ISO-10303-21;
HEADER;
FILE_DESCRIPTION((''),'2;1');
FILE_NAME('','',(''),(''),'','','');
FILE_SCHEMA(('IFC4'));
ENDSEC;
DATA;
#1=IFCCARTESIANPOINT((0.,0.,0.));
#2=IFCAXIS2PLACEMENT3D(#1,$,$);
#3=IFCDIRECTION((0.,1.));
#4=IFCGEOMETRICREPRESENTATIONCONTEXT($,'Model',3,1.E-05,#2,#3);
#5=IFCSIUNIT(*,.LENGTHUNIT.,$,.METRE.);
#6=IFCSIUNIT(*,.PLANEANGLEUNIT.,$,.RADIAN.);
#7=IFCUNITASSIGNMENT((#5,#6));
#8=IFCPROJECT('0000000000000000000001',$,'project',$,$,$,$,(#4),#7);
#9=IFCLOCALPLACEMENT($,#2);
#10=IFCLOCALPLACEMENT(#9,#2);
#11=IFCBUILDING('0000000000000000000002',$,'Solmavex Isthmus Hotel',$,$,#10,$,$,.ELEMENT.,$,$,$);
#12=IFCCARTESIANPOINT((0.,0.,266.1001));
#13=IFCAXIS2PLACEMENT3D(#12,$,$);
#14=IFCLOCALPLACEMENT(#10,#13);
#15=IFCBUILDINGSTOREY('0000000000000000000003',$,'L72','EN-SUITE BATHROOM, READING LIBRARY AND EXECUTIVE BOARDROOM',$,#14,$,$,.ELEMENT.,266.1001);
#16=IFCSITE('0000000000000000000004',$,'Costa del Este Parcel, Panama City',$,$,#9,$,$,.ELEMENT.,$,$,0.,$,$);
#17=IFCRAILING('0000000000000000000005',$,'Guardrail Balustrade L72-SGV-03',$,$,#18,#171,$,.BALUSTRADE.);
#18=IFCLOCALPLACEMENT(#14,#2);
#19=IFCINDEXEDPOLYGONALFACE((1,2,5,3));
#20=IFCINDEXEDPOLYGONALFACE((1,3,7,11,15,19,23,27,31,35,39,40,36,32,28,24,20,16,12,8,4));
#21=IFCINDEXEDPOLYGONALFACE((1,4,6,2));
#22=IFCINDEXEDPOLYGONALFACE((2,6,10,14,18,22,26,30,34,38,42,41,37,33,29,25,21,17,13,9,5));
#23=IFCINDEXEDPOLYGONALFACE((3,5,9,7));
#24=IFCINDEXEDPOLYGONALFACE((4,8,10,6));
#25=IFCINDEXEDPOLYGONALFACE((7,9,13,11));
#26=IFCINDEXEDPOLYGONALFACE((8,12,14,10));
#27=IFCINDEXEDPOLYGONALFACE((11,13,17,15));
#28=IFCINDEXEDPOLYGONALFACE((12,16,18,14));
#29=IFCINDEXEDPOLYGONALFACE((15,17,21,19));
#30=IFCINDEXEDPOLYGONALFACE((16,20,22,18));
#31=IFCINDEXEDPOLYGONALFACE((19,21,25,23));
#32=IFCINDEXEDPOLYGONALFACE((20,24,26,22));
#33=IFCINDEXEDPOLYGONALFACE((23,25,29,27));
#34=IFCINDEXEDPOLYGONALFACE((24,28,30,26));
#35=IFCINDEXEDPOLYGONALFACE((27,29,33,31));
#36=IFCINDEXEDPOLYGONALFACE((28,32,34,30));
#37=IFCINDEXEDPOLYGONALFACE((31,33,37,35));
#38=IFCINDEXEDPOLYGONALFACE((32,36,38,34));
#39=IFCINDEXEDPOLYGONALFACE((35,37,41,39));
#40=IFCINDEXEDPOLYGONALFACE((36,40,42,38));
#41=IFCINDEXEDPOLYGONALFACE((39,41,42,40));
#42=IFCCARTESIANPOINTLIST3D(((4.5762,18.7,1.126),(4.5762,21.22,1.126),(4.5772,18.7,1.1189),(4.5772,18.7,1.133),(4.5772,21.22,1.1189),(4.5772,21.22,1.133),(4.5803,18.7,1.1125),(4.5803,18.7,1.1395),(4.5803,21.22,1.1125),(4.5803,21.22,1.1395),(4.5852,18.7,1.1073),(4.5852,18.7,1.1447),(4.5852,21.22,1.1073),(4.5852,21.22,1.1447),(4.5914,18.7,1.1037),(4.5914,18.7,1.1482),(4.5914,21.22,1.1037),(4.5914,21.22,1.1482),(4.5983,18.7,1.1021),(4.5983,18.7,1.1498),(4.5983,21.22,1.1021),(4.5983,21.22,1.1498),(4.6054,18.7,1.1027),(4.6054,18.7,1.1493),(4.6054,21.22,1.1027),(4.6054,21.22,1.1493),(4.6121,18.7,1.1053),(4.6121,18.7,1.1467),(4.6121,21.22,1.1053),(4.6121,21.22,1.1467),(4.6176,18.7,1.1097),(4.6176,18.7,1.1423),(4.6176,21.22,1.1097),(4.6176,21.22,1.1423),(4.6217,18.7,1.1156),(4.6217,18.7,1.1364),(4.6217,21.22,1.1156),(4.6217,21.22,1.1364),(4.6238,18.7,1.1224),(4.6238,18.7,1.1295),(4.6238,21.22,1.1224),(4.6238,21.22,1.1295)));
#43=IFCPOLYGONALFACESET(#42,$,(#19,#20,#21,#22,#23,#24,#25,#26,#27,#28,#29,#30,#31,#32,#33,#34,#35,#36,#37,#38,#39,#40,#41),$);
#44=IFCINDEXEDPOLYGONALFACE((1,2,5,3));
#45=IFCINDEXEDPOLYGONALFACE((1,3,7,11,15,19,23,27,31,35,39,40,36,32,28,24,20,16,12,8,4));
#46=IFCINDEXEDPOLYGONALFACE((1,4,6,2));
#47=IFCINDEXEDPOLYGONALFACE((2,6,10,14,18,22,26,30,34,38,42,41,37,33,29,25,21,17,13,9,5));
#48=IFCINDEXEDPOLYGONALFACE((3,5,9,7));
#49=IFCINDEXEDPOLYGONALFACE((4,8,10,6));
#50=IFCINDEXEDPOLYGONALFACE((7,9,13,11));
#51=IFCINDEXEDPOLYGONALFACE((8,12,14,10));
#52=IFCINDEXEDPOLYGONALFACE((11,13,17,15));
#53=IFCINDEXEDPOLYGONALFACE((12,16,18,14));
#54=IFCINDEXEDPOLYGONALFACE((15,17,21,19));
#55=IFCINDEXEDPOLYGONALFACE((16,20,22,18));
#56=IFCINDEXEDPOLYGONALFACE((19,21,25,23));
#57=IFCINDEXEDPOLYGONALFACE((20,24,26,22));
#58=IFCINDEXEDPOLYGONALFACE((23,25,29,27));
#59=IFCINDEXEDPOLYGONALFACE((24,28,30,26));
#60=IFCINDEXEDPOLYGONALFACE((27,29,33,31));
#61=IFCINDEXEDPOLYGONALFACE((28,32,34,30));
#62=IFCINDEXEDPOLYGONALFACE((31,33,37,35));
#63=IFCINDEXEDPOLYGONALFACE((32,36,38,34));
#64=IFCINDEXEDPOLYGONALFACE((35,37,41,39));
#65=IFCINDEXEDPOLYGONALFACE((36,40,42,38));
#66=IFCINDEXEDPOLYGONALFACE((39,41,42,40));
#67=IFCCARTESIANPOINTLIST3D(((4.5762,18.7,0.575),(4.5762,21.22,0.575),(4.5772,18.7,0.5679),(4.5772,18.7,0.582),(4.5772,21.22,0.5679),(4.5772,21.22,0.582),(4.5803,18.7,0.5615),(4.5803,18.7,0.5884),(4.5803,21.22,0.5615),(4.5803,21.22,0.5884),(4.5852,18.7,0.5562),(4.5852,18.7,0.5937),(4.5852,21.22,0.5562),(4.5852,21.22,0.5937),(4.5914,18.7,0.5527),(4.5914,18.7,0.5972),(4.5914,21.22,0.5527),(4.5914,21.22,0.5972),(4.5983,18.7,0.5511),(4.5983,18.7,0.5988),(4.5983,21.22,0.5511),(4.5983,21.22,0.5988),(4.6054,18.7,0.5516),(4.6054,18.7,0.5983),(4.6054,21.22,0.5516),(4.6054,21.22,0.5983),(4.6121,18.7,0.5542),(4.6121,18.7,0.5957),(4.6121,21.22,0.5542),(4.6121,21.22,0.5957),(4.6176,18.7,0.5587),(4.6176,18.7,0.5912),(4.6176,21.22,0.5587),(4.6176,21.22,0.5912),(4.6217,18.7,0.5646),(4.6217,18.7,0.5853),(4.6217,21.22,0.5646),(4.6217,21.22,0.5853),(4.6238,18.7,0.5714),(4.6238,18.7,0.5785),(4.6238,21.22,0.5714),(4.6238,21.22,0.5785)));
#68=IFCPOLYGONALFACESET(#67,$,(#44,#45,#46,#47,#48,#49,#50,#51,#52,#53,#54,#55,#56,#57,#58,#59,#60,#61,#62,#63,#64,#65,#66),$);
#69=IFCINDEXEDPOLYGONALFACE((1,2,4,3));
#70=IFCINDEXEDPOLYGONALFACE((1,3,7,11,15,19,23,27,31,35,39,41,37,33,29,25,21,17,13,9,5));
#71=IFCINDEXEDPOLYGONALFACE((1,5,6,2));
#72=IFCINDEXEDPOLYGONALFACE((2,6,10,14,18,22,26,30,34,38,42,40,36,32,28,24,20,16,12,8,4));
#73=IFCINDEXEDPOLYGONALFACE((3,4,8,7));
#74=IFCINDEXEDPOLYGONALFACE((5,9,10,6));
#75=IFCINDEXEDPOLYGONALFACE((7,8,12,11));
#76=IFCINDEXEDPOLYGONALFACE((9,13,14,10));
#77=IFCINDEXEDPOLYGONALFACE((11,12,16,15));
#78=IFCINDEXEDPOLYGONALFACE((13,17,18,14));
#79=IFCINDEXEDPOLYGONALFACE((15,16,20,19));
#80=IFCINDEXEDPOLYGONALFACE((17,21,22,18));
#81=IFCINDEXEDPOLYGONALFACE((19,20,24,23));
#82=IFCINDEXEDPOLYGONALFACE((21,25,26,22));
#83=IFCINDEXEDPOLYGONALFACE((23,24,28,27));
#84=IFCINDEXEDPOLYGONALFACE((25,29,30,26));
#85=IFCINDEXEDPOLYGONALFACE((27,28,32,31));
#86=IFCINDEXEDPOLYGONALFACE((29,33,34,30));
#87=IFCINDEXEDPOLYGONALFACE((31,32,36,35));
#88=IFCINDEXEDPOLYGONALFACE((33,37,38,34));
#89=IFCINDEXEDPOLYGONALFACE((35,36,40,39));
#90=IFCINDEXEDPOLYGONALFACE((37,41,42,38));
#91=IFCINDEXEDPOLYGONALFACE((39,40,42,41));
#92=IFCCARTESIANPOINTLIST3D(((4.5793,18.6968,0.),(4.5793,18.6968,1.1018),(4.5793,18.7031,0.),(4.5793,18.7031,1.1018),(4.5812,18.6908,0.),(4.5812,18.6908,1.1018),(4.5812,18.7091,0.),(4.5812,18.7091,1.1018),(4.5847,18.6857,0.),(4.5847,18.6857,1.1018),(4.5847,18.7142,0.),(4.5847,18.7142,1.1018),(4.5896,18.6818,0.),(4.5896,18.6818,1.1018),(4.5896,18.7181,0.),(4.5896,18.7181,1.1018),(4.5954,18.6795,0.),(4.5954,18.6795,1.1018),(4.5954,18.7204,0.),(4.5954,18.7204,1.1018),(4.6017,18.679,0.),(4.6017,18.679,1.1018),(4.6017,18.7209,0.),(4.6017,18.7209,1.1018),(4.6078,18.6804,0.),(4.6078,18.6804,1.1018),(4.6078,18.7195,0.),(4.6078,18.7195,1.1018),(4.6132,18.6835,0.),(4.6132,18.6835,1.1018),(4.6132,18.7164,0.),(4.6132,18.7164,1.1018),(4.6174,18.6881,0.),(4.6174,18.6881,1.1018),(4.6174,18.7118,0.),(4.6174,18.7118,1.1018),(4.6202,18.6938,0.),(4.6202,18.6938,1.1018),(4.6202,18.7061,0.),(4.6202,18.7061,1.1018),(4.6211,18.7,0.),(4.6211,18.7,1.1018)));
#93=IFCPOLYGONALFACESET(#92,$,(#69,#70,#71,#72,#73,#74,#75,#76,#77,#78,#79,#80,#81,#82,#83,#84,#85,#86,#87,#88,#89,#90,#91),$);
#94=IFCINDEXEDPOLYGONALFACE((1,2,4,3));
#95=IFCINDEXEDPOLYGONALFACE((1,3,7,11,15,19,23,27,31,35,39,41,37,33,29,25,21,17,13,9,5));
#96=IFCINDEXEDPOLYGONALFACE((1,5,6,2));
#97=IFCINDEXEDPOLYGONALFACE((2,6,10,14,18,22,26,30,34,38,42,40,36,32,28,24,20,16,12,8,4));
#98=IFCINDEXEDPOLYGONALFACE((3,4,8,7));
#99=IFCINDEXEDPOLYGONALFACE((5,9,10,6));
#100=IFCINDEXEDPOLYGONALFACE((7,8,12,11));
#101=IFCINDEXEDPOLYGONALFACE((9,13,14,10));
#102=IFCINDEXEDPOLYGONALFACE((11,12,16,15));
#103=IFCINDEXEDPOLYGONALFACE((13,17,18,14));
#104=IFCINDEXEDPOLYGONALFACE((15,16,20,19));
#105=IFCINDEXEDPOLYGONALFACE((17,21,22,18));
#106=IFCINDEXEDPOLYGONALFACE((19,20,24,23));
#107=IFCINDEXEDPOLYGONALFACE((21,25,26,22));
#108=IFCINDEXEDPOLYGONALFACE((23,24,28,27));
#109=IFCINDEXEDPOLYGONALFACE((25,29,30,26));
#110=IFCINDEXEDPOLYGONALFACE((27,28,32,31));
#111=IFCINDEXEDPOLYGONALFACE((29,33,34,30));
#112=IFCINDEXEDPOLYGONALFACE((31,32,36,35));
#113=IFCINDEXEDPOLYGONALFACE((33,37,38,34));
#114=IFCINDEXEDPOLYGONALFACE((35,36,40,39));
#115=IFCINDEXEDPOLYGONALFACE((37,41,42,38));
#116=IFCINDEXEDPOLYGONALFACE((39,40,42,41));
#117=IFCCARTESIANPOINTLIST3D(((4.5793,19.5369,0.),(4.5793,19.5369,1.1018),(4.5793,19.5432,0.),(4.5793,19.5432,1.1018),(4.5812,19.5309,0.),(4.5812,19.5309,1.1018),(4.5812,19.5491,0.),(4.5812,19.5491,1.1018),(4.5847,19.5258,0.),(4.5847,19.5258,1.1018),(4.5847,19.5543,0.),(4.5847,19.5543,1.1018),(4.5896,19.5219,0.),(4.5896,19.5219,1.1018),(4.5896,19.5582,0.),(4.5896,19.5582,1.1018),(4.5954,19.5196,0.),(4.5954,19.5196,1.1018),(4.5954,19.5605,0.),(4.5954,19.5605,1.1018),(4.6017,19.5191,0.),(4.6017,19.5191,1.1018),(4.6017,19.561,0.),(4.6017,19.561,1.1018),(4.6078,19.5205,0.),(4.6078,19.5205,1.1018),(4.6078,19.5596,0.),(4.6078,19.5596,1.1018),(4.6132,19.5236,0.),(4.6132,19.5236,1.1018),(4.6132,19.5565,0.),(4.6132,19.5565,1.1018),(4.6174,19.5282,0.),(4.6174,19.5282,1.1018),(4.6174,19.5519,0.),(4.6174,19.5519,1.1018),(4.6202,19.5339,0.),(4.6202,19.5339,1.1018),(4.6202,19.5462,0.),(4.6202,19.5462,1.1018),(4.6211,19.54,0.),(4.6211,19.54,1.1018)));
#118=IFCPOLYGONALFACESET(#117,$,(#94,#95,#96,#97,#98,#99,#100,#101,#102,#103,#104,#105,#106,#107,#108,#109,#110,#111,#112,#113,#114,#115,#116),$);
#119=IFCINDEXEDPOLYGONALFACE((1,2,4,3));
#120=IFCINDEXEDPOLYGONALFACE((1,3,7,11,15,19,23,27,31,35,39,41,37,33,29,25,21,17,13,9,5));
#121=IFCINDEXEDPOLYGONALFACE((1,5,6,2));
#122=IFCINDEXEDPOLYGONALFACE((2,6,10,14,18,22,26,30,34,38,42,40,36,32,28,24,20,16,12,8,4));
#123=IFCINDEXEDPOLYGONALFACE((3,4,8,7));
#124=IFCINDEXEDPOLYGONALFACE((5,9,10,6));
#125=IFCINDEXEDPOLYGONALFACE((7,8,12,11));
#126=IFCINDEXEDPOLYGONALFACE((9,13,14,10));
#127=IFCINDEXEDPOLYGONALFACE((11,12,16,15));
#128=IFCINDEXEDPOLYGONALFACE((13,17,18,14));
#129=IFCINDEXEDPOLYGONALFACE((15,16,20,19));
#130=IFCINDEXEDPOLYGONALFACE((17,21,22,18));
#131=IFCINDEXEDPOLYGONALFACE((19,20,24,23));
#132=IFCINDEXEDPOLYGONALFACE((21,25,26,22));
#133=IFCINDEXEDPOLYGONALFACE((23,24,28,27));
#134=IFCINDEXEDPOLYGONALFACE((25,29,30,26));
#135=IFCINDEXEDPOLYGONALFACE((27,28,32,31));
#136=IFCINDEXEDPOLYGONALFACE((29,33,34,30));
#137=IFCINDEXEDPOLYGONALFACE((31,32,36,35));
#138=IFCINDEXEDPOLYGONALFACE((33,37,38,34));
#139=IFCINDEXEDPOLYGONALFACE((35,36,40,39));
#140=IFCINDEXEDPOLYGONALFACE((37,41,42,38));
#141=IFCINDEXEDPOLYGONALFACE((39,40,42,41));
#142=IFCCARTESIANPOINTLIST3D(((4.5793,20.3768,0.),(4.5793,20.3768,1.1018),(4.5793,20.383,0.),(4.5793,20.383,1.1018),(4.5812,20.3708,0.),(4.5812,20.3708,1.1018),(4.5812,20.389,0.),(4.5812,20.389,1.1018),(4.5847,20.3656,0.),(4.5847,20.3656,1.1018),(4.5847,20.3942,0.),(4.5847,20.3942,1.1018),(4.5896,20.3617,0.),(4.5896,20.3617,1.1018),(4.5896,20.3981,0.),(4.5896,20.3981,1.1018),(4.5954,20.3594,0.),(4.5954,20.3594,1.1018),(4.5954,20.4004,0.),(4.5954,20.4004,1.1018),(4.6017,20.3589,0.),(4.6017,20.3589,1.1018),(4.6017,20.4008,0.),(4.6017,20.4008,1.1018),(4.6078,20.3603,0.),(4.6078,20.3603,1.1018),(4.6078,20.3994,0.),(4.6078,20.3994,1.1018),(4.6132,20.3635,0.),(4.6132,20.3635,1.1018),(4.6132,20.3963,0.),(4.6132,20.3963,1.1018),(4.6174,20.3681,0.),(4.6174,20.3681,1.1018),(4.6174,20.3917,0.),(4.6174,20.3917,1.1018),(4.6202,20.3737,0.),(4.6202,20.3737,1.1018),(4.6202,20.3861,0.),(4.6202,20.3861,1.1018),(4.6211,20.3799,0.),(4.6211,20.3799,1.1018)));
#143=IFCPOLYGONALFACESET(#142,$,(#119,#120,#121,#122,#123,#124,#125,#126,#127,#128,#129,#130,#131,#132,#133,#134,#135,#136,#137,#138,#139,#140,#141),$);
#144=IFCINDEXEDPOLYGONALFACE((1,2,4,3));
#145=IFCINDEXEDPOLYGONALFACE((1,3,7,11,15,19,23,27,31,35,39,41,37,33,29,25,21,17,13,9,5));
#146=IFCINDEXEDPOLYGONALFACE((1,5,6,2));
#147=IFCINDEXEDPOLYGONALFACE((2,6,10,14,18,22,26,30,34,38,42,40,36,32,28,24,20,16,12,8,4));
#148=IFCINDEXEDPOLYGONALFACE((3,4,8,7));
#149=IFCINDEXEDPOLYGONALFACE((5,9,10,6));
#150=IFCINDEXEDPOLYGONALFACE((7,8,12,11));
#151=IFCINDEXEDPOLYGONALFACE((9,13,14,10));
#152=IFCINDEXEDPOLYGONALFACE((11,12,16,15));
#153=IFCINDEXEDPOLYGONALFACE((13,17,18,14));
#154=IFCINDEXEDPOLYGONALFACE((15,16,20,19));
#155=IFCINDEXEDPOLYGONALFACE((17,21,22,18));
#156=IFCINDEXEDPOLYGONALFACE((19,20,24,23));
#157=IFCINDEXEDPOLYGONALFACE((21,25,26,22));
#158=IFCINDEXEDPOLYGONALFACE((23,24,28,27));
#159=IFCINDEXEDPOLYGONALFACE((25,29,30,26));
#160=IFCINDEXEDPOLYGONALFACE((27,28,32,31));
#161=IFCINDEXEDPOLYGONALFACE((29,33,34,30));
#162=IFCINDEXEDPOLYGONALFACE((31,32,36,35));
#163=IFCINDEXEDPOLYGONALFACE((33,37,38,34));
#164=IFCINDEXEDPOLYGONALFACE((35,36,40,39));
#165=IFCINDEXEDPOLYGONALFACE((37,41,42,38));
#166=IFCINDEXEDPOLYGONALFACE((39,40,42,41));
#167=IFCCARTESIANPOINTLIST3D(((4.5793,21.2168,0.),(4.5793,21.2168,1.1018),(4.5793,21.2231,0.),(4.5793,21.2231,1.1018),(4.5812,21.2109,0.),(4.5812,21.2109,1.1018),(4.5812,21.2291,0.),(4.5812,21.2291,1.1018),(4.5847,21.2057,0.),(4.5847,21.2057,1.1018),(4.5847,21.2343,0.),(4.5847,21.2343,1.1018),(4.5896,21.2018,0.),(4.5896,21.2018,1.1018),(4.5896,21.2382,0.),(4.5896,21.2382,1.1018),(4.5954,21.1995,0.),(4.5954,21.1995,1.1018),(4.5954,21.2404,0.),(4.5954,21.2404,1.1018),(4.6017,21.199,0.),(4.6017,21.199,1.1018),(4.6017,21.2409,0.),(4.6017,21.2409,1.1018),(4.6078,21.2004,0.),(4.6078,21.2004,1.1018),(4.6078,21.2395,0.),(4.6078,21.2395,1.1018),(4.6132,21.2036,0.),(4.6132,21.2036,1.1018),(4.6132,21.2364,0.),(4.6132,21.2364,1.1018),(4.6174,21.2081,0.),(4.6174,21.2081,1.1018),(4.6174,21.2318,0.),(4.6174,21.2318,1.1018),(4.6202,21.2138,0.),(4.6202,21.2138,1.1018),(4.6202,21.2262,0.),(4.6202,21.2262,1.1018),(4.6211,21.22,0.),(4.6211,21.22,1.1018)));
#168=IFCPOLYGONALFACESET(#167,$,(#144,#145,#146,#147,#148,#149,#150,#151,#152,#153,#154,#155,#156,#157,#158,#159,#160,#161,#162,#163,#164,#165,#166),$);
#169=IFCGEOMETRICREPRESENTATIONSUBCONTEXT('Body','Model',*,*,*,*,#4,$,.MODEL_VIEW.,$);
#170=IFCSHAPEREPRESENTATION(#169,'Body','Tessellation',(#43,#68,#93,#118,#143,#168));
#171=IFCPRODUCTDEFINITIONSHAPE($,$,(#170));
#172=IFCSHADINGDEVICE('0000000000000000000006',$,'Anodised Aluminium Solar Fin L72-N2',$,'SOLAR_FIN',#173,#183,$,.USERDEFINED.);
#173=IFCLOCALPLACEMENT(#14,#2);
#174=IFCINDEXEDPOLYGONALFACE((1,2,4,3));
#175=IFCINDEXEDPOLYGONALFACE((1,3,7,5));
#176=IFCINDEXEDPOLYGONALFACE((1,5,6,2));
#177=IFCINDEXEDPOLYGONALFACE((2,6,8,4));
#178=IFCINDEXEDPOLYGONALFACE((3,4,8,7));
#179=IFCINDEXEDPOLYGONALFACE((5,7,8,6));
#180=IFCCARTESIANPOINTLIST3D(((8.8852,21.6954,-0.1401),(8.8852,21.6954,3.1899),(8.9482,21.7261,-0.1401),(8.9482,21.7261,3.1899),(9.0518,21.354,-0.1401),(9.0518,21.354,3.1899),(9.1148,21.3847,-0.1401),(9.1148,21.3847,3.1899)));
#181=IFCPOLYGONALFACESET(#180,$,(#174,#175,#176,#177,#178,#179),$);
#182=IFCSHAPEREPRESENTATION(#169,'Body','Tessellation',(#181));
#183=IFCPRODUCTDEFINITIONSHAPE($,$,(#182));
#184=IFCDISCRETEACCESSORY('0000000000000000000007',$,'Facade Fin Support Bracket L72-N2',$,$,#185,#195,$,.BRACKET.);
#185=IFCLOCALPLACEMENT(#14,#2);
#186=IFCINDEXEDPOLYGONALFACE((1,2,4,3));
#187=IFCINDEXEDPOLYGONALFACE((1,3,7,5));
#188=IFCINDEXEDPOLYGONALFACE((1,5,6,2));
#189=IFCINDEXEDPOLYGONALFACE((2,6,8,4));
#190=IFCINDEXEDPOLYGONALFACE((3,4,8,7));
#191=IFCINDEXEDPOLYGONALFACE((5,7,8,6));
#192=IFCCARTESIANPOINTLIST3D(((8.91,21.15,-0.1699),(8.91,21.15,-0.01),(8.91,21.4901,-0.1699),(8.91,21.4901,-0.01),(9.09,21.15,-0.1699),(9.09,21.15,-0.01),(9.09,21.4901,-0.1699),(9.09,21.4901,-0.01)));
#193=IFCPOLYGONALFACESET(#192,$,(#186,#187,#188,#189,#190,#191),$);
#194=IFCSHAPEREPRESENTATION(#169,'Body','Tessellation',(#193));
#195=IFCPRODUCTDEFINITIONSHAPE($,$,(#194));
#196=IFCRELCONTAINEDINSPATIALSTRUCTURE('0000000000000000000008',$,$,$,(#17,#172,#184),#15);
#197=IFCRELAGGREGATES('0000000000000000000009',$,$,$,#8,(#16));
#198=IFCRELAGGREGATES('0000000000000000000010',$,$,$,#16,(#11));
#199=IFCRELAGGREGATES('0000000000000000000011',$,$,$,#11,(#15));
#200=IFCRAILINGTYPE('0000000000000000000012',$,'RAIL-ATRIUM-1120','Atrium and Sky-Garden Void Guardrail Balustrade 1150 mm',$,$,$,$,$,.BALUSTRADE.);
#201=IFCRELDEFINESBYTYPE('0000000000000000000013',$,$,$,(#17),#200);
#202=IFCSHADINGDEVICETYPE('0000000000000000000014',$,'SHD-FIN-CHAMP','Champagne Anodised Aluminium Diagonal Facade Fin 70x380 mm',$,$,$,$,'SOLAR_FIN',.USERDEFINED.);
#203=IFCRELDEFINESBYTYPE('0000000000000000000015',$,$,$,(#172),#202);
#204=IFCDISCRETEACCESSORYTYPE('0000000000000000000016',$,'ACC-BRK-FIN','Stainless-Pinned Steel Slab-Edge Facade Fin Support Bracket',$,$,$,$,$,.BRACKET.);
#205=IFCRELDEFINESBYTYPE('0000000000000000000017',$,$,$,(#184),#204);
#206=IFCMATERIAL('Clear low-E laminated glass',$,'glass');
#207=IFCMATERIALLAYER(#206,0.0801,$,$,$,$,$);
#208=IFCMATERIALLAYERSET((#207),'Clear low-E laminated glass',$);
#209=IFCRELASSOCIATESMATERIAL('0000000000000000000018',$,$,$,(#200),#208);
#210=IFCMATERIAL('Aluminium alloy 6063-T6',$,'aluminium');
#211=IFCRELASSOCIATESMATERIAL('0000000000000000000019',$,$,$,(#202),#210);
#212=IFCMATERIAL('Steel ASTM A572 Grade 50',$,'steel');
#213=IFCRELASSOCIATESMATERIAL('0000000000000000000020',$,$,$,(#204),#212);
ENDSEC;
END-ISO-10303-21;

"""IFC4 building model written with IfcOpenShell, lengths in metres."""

from ifc_helpers import new_model, si_unit, direction, frame, origin, origin_2d, place, context, subcontext, project, spatial, rectangle, circle, extrude, material, layer, layer_set, type_object, element, save


model = new_model("IFC4")

# Units and contexts
model_context = context("Model", 3, precision=1e-05, world=origin(), true_north=direction((0.0, 1.0)))
body_context = subcontext(model_context, "Body", "Model", "MODEL_VIEW")
ifc_project = project(units=[si_unit("LENGTHUNIT", "METRE"), si_unit("PLANEANGLEUNIT", "RADIAN")], contexts=[model_context])

# Site, building, storey
site_placement = place(None, origin())
site = spatial("IfcSite", under=ifc_project, at=site_placement, Name="Costa del Este Parcel, Panama City", CompositionType="ELEMENT", RefElevation=0.0)
building_placement = place(site_placement, origin())
building = spatial("IfcBuilding", under=site, at=building_placement, Name="Solmavex Isthmus Hotel", CompositionType="ELEMENT")
storey_placement = place(building_placement, frame((0.0, 0.0, 266.1001)))
storey = spatial("IfcBuildingStorey", under=building, at=storey_placement, Name="L72", Description="EN-SUITE BATHROOM, READING LIBRARY AND EXECUTIVE BOARDROOM", CompositionType="ELEMENT", Elevation=266.1001)

# Shared definitions
ifc_material_1 = material(Name="Aluminium alloy 6063-T6", Category="aluminium")

# Shared definitions
ifc_material_2 = material(Name="Clear low-E laminated glass", Category="glass")

# Railing
ifc_layer_1 = layer(ifc_material_2, 0.0801)
ifc_layer_set_1 = layer_set([ifc_layer_1], Name="Clear low-E laminated glass")
railing_type = type_object("IfcRailingType", Name="RAIL-ATRIUM-1120", Description="Atrium and Sky-Garden Void Guardrail Balustrade 1150 mm", PredefinedType="BALUSTRADE", material=ifc_layer_set_1)
railing_placement = place(storey_placement, frame((4.6001, 18.7, 0.0)))
element("IfcRailing", 1, at=railing_placement, inside=storey, type_object=railing_type, Name="Guardrail Balustrade L72-SGV-03", PredefinedType="BALUSTRADE", context=body_context, shape_type="SweptSolid", body=[
    extrude(circle(Radius=0.0239, at=origin_2d()), frame((0.0, 0.0, 1.126), z_axis=(0.0, 1.0, 0.0), x_axis=(-1.0, 0.0, 0.0)), (0.0, 0.0, 1.0), 2.52),
    extrude(circle(Radius=0.0239, at=origin_2d()), frame((0.0, 0.0, 0.575), z_axis=(0.0, 1.0, 0.0), x_axis=(-1.0, 0.0, 0.0)), (0.0, 0.0, 1.0), 2.52),
    extrude(circle(Radius=0.021, at=origin_2d()), origin(), (0.0, 0.0, 1.0), 1.1018),
    extrude(circle(Radius=0.021, at=origin_2d()), frame((0.0, 0.8401, 0.0)), (0.0, 0.0, 1.0), 1.1018),
    extrude(circle(Radius=0.021, at=origin_2d()), frame((0.0, 1.6799, 0.0)), (0.0, 0.0, 1.0), 1.1018),
    extrude(circle(Radius=0.021, at=origin_2d()), frame((0.0, 2.52, 0.0)), (0.0, 0.0, 1.0), 1.1018),
])

# Shading device
shading_device_type = type_object("IfcShadingDeviceType", Name="SHD-FIN-CHAMP", Description="Champagne Anodised Aluminium Diagonal Facade Fin 70x380 mm", ElementType="SOLAR_FIN", PredefinedType="USERDEFINED", material=ifc_material_1)
shading_device_placement = place(storey_placement, frame((9.0, 21.54, -0.1401), z_axis=(0.0, 0.0, 1.0), x_axis=(-0.438371, 0.898794, 0.0)))
element("IfcShadingDevice", 2, at=shading_device_placement, inside=storey, type_object=shading_device_type, Name="Anodised Aluminium Solar Fin L72-N2", ObjectType="SOLAR_FIN", PredefinedType="USERDEFINED", context=body_context, shape_type="SweptSolid", body=[
    extrude(rectangle(XDim=0.3799, YDim=0.0701, at=origin_2d()), origin(), (0.0, 0.0, 1.0), 3.3301),
])

# Discrete accessory
ifc_material_3 = material(Name="Steel ASTM A572 Grade 50", Category="steel")
discrete_accessory_type = type_object("IfcDiscreteAccessoryType", Name="ACC-BRK-FIN", Description="Stainless-Pinned Steel Slab-Edge Facade Fin Support Bracket", PredefinedType="BRACKET", material=ifc_material_3)
discrete_accessory_placement = place(storey_placement, frame((9.0, 21.3201, -0.1699), z_axis=(0.0, 0.0, 1.0), x_axis=(0.0, 1.0, 0.0)))
element("IfcDiscreteAccessory", 3, at=discrete_accessory_placement, inside=storey, type_object=discrete_accessory_type, Name="Facade Fin Support Bracket L72-N2", PredefinedType="BRACKET", context=body_context, shape_type="SweptSolid", body=[
    extrude(rectangle(XDim=0.3401, YDim=0.1799, at=origin_2d()), origin(), (0.0, 0.0, 1.0), 0.1599),
])

save(model, "model.ifc")
